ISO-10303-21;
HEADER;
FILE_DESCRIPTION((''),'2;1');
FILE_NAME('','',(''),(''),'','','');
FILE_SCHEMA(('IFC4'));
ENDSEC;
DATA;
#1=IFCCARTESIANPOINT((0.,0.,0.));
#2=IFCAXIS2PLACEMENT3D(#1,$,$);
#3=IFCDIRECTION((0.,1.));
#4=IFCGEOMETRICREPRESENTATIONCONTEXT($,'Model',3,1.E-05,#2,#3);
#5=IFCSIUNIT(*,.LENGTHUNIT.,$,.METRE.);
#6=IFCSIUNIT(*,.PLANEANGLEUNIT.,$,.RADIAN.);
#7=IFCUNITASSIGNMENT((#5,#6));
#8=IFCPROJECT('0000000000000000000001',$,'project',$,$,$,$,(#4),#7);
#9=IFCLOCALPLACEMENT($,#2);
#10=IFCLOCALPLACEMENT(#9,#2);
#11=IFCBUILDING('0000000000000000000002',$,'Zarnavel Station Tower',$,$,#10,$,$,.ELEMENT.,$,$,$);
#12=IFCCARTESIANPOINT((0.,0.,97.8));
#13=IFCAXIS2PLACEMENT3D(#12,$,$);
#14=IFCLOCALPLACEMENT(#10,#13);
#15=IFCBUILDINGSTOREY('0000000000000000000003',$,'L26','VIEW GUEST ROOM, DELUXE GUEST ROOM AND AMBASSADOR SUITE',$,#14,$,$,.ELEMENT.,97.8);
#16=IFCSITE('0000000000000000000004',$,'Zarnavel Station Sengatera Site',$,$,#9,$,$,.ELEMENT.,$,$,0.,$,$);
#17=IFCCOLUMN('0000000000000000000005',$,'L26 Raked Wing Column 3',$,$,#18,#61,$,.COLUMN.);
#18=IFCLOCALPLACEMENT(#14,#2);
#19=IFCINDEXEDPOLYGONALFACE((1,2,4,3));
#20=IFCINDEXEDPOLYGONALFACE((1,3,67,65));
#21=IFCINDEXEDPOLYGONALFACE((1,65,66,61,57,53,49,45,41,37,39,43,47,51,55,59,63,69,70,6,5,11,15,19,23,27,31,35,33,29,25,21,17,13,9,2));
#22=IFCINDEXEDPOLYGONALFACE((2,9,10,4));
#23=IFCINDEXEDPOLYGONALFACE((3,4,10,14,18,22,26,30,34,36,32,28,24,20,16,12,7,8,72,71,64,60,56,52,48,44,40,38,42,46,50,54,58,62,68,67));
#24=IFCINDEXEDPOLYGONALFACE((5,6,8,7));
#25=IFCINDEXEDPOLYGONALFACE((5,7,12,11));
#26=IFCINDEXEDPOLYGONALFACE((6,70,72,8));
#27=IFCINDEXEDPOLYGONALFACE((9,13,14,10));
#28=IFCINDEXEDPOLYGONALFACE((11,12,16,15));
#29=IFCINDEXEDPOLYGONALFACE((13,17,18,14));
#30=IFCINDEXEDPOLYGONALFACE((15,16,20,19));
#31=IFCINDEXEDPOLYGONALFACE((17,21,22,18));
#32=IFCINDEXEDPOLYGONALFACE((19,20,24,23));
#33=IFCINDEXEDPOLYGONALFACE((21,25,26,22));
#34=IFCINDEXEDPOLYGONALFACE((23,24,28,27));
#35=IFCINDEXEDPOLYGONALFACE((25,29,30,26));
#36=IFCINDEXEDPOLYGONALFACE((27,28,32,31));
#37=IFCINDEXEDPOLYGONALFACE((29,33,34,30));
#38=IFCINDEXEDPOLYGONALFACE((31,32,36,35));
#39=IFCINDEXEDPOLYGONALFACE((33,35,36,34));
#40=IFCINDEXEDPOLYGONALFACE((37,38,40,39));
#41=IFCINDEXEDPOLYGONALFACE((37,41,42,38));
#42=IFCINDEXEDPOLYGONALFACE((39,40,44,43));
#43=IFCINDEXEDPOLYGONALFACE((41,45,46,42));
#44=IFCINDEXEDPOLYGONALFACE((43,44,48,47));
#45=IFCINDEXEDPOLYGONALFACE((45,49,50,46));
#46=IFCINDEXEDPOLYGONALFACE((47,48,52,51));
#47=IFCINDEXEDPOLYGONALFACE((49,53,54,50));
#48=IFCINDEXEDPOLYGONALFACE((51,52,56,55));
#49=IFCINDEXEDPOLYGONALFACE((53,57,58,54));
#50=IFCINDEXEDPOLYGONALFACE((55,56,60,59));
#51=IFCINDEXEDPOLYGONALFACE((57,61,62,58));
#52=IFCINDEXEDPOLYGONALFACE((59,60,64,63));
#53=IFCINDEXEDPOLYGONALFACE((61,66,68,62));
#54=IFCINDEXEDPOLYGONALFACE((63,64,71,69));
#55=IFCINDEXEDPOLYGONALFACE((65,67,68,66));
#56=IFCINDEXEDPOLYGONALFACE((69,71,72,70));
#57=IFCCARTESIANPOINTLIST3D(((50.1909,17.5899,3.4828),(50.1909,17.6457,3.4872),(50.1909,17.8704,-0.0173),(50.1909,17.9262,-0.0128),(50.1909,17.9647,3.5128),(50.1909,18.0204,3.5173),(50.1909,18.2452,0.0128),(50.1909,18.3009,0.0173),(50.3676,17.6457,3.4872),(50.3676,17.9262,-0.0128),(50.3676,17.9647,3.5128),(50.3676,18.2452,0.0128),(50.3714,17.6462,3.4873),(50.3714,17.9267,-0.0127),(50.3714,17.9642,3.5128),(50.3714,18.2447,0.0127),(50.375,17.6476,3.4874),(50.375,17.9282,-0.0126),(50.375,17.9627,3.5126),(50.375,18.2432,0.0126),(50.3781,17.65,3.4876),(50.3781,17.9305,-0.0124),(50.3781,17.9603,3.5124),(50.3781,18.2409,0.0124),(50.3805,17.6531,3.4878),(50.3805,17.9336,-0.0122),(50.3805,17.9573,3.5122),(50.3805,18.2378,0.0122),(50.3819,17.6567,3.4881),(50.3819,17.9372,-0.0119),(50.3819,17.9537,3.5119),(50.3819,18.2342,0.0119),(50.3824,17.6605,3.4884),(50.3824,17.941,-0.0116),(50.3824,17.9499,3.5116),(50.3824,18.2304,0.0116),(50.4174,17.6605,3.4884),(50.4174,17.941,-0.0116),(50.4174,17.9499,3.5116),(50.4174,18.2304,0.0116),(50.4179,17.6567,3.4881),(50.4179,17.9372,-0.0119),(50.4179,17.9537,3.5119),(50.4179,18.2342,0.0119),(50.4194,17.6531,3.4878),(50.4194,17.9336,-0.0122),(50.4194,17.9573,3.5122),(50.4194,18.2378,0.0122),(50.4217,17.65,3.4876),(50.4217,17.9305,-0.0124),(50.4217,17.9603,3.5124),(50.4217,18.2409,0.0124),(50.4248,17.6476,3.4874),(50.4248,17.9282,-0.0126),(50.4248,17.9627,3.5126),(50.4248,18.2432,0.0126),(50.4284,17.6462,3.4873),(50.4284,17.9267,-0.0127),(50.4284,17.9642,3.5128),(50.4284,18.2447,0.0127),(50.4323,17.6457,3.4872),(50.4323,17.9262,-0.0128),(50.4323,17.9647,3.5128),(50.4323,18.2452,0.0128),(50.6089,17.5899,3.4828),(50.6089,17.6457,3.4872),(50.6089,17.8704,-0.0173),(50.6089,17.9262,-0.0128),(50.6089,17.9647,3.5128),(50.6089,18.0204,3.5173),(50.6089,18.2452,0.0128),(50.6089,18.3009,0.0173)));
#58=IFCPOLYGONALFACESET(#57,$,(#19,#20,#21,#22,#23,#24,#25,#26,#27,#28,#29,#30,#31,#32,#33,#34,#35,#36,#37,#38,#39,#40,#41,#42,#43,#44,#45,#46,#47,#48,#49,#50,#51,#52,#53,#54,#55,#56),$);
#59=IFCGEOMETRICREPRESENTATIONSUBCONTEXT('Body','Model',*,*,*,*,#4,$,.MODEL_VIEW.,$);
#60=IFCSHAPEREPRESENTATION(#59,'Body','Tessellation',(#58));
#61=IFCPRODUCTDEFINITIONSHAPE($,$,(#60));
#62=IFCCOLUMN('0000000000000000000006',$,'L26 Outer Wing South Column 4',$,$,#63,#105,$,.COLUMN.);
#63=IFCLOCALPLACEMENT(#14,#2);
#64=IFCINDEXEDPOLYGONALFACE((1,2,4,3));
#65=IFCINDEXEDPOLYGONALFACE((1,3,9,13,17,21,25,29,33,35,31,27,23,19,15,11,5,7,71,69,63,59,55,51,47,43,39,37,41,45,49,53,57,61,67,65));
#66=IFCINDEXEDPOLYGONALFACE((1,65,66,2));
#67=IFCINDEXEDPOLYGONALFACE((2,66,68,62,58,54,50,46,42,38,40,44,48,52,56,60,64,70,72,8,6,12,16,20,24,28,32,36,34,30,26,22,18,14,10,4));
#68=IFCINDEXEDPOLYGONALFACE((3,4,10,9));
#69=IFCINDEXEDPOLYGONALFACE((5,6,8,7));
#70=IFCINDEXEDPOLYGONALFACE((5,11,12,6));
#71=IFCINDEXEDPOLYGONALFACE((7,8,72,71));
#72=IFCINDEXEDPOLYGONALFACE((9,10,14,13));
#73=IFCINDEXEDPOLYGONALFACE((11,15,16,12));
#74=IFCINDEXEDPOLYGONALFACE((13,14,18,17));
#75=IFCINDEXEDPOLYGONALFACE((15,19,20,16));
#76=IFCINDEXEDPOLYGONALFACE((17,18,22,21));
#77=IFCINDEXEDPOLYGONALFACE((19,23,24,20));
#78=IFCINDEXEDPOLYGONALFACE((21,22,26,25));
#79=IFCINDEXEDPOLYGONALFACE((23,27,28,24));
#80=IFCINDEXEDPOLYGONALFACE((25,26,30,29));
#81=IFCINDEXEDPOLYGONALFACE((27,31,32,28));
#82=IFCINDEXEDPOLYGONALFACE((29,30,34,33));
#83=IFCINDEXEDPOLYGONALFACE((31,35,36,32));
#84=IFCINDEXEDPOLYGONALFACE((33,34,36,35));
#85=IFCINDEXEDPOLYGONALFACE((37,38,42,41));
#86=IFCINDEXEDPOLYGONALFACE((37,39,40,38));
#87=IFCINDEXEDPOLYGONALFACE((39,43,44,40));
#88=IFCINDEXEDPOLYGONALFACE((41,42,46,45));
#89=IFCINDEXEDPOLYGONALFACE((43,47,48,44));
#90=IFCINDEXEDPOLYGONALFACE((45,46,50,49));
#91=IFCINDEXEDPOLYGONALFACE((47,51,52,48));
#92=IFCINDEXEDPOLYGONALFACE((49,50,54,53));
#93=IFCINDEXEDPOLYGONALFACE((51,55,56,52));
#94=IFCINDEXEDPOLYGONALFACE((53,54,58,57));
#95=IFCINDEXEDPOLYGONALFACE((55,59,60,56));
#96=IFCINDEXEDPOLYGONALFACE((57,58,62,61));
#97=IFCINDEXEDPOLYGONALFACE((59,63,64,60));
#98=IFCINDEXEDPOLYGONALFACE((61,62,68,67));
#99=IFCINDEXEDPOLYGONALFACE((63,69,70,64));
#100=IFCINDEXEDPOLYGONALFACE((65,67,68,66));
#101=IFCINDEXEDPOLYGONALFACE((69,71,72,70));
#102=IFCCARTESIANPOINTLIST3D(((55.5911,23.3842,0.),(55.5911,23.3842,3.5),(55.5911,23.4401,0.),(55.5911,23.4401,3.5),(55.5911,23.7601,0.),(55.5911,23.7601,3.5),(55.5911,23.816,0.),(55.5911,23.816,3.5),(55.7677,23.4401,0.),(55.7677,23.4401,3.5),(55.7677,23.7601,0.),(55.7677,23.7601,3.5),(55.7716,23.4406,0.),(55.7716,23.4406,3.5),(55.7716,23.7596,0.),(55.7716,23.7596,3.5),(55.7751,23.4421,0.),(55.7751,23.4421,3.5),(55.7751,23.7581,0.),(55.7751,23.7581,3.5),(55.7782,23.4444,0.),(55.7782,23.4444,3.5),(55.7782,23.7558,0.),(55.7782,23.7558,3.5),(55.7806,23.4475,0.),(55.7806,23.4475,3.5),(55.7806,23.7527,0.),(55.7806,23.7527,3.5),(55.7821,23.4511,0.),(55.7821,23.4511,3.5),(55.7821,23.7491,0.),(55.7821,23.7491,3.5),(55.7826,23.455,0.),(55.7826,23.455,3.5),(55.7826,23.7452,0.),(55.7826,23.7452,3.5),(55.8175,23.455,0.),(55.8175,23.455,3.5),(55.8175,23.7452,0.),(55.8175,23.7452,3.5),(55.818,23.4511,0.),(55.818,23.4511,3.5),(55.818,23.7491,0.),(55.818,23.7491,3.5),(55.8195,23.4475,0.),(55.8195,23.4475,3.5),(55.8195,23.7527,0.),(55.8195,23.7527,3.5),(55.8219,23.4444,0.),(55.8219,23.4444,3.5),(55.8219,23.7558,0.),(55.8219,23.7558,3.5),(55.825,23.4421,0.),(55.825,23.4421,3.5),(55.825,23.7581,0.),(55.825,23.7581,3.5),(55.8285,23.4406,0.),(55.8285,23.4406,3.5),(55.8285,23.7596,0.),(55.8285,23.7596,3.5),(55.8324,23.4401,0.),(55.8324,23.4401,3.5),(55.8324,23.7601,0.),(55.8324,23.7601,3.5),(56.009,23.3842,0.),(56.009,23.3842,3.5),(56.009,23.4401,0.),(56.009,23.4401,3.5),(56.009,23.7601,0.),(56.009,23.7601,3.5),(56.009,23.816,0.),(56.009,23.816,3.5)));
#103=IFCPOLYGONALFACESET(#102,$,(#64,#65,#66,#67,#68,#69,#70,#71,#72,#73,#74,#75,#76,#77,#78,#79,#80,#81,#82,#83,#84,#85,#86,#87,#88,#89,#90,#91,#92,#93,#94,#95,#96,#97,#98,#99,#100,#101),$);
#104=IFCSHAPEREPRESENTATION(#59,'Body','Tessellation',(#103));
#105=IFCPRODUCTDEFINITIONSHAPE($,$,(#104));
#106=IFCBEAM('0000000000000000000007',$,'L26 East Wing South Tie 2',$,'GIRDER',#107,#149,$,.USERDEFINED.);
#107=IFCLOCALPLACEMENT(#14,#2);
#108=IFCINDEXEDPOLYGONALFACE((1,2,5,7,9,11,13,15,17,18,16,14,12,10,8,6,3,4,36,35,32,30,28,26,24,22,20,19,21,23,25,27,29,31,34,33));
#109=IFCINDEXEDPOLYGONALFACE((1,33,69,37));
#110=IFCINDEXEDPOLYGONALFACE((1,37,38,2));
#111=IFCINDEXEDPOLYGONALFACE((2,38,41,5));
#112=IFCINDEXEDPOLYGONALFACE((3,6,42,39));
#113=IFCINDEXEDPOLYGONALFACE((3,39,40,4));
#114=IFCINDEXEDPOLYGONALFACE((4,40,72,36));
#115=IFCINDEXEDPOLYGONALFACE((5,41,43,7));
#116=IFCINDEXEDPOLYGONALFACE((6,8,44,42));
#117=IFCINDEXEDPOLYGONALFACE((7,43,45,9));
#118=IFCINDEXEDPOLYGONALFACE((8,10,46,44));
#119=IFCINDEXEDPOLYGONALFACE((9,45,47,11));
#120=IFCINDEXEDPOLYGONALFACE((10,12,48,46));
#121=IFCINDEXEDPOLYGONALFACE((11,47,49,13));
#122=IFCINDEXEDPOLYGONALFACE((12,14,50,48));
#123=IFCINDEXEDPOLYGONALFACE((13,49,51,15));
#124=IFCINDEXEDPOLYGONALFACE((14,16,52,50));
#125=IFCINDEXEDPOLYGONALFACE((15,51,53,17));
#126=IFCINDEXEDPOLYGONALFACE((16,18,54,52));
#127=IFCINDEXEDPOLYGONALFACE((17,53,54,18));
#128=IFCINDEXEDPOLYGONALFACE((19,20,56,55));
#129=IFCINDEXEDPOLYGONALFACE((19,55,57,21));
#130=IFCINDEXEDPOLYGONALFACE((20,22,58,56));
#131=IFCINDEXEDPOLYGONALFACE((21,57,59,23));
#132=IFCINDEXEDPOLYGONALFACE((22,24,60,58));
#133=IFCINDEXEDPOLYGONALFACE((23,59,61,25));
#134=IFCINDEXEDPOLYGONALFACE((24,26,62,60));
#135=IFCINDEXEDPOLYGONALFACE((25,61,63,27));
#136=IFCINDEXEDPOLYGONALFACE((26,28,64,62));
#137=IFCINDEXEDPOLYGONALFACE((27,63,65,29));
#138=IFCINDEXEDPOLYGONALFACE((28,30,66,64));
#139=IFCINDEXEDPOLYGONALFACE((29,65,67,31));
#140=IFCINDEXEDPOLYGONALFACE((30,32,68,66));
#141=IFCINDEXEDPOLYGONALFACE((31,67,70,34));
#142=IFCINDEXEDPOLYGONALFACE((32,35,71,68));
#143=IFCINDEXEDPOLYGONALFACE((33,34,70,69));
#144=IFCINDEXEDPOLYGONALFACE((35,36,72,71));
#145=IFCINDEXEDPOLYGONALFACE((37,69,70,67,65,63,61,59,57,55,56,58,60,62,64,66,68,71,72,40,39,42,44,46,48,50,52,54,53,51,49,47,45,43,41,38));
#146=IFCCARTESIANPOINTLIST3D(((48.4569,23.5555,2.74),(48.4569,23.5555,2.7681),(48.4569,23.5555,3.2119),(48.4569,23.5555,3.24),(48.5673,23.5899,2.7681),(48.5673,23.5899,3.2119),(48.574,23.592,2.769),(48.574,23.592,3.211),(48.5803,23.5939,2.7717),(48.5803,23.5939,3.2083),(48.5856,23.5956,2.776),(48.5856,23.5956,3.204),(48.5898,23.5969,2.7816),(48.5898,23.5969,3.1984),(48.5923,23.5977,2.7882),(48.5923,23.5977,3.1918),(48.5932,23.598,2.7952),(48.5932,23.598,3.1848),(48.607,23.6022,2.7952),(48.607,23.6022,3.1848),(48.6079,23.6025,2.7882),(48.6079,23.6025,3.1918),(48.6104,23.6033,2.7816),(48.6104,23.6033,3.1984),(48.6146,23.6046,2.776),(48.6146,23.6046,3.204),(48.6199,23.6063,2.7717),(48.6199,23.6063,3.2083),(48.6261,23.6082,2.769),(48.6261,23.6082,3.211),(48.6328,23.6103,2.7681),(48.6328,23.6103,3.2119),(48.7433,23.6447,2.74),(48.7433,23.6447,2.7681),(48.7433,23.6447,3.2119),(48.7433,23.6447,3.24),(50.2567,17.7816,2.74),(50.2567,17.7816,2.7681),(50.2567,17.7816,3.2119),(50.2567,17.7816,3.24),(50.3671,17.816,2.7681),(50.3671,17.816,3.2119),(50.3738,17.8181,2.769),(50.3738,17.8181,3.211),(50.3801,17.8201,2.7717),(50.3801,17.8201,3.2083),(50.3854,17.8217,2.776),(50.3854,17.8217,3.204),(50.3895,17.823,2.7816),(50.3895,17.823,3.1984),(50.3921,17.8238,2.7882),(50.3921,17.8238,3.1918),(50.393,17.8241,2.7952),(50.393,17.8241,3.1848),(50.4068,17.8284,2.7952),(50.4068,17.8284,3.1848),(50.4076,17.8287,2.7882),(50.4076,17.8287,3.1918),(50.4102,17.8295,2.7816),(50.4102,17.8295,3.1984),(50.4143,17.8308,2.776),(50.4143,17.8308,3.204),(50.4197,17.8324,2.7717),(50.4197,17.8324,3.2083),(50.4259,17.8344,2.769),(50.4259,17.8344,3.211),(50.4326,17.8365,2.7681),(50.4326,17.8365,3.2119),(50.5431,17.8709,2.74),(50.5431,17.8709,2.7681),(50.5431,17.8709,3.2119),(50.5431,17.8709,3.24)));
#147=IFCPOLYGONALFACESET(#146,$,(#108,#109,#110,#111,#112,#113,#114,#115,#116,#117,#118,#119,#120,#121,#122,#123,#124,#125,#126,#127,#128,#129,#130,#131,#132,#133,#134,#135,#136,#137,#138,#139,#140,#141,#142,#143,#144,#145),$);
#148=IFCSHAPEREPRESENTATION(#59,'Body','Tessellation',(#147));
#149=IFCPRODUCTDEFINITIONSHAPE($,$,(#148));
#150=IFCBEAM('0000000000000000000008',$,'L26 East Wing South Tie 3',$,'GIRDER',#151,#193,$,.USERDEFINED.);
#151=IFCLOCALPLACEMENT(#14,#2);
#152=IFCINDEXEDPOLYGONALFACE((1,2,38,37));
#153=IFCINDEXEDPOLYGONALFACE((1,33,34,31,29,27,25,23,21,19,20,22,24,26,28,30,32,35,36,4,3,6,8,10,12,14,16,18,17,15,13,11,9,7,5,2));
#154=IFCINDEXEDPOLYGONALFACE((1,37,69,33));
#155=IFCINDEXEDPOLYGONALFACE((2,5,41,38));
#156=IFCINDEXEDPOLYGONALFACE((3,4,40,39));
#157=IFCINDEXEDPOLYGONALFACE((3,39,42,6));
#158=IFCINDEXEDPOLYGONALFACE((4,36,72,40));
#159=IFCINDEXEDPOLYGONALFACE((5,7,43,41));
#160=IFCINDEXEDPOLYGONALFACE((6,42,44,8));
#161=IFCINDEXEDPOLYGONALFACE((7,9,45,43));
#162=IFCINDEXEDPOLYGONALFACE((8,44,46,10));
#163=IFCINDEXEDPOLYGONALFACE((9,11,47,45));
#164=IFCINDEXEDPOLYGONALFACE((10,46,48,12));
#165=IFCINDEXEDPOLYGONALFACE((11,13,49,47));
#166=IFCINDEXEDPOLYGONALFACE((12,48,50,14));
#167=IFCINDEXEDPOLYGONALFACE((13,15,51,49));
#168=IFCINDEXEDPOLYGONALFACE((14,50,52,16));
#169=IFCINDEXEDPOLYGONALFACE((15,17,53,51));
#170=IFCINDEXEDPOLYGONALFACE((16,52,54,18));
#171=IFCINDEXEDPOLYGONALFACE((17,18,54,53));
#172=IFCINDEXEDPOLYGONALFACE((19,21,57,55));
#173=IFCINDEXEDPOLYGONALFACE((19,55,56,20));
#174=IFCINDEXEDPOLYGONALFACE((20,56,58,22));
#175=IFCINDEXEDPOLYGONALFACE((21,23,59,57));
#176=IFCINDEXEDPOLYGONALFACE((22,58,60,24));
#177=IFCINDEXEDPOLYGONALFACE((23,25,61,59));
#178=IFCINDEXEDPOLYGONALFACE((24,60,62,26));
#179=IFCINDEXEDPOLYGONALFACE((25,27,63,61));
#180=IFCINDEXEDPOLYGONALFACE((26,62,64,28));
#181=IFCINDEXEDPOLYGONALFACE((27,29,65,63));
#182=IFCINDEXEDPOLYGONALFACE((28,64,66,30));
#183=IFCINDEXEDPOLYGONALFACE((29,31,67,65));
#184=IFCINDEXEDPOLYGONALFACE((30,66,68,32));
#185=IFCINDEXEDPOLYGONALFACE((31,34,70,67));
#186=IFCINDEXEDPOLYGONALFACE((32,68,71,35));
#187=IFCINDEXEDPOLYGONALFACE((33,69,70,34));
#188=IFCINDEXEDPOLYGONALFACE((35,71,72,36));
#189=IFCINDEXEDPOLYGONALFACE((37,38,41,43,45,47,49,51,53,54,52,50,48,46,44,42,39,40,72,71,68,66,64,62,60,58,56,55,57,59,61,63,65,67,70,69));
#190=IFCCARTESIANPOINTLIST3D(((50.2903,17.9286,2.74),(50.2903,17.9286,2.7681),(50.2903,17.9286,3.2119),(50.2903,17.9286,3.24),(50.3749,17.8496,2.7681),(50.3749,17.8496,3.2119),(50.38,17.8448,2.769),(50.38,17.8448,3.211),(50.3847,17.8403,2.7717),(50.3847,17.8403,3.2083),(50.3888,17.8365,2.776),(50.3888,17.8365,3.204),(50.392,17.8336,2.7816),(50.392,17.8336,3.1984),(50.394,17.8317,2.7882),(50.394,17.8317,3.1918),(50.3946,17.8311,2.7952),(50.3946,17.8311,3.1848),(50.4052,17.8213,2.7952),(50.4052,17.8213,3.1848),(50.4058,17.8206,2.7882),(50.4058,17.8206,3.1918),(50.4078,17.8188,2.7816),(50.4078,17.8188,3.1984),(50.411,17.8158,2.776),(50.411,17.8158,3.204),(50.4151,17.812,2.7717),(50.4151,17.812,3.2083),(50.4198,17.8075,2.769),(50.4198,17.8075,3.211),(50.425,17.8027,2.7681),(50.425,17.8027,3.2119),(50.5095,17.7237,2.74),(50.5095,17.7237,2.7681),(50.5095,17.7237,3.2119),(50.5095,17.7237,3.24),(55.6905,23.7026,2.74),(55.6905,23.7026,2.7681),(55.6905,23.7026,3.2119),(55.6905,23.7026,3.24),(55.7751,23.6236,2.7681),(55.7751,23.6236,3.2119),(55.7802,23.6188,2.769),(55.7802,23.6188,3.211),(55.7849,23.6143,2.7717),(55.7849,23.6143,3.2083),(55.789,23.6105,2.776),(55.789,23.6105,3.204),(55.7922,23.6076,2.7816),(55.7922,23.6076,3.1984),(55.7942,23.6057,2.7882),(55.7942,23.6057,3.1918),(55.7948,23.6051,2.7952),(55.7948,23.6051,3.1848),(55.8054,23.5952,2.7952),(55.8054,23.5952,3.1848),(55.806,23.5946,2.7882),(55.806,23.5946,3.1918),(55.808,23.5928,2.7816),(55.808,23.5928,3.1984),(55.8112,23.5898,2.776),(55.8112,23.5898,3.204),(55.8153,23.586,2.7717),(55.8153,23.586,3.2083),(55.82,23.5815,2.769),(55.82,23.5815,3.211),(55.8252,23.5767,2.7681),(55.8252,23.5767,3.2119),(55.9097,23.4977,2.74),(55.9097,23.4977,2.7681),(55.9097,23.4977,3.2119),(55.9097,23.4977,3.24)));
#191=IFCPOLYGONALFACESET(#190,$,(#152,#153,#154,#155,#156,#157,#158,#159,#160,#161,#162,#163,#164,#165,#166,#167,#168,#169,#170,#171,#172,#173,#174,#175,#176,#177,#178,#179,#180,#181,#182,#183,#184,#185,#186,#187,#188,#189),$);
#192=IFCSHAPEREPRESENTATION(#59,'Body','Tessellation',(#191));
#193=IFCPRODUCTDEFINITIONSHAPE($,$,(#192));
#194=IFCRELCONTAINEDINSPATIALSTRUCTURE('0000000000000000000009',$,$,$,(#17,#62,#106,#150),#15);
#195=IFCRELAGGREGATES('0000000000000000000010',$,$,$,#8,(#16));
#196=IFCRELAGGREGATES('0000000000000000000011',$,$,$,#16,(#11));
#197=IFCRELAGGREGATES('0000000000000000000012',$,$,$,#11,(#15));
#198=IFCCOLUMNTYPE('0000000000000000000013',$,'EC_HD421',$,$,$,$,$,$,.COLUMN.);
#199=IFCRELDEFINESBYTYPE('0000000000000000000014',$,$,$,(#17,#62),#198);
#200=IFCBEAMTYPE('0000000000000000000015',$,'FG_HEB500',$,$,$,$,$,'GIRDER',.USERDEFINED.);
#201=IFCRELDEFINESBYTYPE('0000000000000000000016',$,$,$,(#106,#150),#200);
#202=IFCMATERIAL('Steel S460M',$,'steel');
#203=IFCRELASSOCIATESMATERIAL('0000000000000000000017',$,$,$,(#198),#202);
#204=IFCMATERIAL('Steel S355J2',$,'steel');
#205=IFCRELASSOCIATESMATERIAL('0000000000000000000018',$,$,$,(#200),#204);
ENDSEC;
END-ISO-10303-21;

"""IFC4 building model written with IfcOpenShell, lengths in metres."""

from ifc_helpers import new_model, si_unit, direction, frame, origin, origin_2d, place, context, subcontext, project, spatial, i_section, extrude, material, material_profile, profile_set, type_object, element, save


model = new_model("IFC4")

# Units and contexts
model_context = context("Model", 3, precision=1e-05, world=origin(), true_north=direction((0.0, 1.0)))
body_context = subcontext(model_context, "Body", "Model", "MODEL_VIEW")
ifc_project = project(units=[si_unit("LENGTHUNIT", "METRE"), si_unit("PLANEANGLEUNIT", "RADIAN")], contexts=[model_context])

# Site, building, storey
site_placement = place(None, origin())
site = spatial("IfcSite", under=ifc_project, at=site_placement, Name="Zarnavel Station Sengatera Site", CompositionType="ELEMENT", RefElevation=0.0)
building_placement = place(site_placement, origin())
building = spatial("IfcBuilding", under=site, at=building_placement, Name="Zarnavel Station Tower", CompositionType="ELEMENT")
storey_placement = place(building_placement, frame((0.0, 0.0, 97.8)))
storey = spatial("IfcBuildingStorey", under=building, at=storey_placement, Name="L26", Description="VIEW GUEST ROOM, DELUXE GUEST ROOM AND AMBASSADOR SUITE", CompositionType="ELEMENT", Elevation=97.8)

# Columns
ifc_material_1 = material(Name="Steel S460M", Category="steel")
ifc_material_profile_1 = material_profile(ifc_material_1, i_section(OverallWidth=0.418, OverallDepth=0.4319, WebThickness=0.0349, FlangeThickness=0.0559, FilletRadius=0.0149, at=origin_2d()), Name="HD400x421")
ifc_profile_set_1 = profile_set([ifc_material_profile_1], Name="Steel S460M")
column_type = type_object("IfcColumnType", Name="EC_HD421", PredefinedType="COLUMN", material=ifc_profile_set_1)
column_1_placement = place(storey_placement, frame((50.3999, 18.0857, 0.0), z_axis=(0.0, -0.079892, 0.996804), x_axis=(1.0, 0.0, 0.0)))
element("IfcColumn", 1, at=column_1_placement, inside=storey, type_object=column_type, Name="L26 Raked Wing Column 3", PredefinedType="COLUMN", context=body_context, shape_type="SweptSolid", body=[
    extrude(i_section(OverallWidth=0.418, OverallDepth=0.4319, WebThickness=0.0349, FlangeThickness=0.0559, FilletRadius=0.0149, at=origin_2d()), origin(), (0.0, 0.0, 1.0), 3.5112),
])
column_2_placement = place(storey_placement, frame((55.8, 23.6001, 0.0), z_axis=(0.0, 0.0, 1.0), x_axis=(1.0, 0.0, 0.0)))
element("IfcColumn", 2, at=column_2_placement, inside=storey, type_object=column_type, Name="L26 Outer Wing South Column 4", PredefinedType="COLUMN", context=body_context, shape_type="SweptSolid", body=[
    extrude(i_section(OverallWidth=0.418, OverallDepth=0.4319, WebThickness=0.0349, FlangeThickness=0.0559, FilletRadius=0.0149, at=origin_2d()), origin(), (0.0, 0.0, 1.0), 3.5),
])

# Beams
ifc_material_2 = material(Name="Steel S355J2", Category="steel")
ifc_material_profile_2 = material_profile(ifc_material_2, i_section(OverallWidth=0.3, OverallDepth=0.5, WebThickness=0.0144, FlangeThickness=0.0281, FilletRadius=0.0271, at=origin_2d()), Name="HEB500")
ifc_profile_set_2 = profile_set([ifc_material_profile_2], Name="Steel S355J2")
beam_type_1 = type_object("IfcBeamType", Name="FG_HEB500", ElementType="GIRDER", PredefinedType="USERDEFINED", material=ifc_profile_set_2)
beam_1_placement = place(storey_placement, frame((48.6001, 23.6001, 2.99), z_axis=(0.29759, -0.954694, 0.0), x_axis=(0.954694, 0.29759, 0.0)))
element("IfcBeam", 3, at=beam_1_placement, inside=storey, type_object=beam_type_1, Name="L26 East Wing South Tie 2", ObjectType="GIRDER", PredefinedType="USERDEFINED", context=body_context, shape_type="SweptSolid", body=[
    extrude(i_section(OverallWidth=0.3, OverallDepth=0.5, WebThickness=0.0144, FlangeThickness=0.0281, FilletRadius=0.0271, at=origin_2d()), origin(), (0.0, 0.0, 1.0), 6.0479),
])
beam_2_placement = place(storey_placement, frame((50.3999, 17.8262, 2.99), z_axis=(0.683072, 0.730351, 0.0), x_axis=(-0.730351, 0.683072, 0.0)))
element("IfcBeam", 4, at=beam_2_placement, inside=storey, type_object=beam_type_1, Name="L26 East Wing South Tie 3", ObjectType="GIRDER", PredefinedType="USERDEFINED", context=body_context, shape_type="SweptSolid", body=[
    extrude(i_section(OverallWidth=0.3, OverallDepth=0.5, WebThickness=0.0144, FlangeThickness=0.0281, FilletRadius=0.0271, at=origin_2d()), origin(), (0.0, 0.0, 1.0), 7.9058),
])

save(model, "model.ifc")
